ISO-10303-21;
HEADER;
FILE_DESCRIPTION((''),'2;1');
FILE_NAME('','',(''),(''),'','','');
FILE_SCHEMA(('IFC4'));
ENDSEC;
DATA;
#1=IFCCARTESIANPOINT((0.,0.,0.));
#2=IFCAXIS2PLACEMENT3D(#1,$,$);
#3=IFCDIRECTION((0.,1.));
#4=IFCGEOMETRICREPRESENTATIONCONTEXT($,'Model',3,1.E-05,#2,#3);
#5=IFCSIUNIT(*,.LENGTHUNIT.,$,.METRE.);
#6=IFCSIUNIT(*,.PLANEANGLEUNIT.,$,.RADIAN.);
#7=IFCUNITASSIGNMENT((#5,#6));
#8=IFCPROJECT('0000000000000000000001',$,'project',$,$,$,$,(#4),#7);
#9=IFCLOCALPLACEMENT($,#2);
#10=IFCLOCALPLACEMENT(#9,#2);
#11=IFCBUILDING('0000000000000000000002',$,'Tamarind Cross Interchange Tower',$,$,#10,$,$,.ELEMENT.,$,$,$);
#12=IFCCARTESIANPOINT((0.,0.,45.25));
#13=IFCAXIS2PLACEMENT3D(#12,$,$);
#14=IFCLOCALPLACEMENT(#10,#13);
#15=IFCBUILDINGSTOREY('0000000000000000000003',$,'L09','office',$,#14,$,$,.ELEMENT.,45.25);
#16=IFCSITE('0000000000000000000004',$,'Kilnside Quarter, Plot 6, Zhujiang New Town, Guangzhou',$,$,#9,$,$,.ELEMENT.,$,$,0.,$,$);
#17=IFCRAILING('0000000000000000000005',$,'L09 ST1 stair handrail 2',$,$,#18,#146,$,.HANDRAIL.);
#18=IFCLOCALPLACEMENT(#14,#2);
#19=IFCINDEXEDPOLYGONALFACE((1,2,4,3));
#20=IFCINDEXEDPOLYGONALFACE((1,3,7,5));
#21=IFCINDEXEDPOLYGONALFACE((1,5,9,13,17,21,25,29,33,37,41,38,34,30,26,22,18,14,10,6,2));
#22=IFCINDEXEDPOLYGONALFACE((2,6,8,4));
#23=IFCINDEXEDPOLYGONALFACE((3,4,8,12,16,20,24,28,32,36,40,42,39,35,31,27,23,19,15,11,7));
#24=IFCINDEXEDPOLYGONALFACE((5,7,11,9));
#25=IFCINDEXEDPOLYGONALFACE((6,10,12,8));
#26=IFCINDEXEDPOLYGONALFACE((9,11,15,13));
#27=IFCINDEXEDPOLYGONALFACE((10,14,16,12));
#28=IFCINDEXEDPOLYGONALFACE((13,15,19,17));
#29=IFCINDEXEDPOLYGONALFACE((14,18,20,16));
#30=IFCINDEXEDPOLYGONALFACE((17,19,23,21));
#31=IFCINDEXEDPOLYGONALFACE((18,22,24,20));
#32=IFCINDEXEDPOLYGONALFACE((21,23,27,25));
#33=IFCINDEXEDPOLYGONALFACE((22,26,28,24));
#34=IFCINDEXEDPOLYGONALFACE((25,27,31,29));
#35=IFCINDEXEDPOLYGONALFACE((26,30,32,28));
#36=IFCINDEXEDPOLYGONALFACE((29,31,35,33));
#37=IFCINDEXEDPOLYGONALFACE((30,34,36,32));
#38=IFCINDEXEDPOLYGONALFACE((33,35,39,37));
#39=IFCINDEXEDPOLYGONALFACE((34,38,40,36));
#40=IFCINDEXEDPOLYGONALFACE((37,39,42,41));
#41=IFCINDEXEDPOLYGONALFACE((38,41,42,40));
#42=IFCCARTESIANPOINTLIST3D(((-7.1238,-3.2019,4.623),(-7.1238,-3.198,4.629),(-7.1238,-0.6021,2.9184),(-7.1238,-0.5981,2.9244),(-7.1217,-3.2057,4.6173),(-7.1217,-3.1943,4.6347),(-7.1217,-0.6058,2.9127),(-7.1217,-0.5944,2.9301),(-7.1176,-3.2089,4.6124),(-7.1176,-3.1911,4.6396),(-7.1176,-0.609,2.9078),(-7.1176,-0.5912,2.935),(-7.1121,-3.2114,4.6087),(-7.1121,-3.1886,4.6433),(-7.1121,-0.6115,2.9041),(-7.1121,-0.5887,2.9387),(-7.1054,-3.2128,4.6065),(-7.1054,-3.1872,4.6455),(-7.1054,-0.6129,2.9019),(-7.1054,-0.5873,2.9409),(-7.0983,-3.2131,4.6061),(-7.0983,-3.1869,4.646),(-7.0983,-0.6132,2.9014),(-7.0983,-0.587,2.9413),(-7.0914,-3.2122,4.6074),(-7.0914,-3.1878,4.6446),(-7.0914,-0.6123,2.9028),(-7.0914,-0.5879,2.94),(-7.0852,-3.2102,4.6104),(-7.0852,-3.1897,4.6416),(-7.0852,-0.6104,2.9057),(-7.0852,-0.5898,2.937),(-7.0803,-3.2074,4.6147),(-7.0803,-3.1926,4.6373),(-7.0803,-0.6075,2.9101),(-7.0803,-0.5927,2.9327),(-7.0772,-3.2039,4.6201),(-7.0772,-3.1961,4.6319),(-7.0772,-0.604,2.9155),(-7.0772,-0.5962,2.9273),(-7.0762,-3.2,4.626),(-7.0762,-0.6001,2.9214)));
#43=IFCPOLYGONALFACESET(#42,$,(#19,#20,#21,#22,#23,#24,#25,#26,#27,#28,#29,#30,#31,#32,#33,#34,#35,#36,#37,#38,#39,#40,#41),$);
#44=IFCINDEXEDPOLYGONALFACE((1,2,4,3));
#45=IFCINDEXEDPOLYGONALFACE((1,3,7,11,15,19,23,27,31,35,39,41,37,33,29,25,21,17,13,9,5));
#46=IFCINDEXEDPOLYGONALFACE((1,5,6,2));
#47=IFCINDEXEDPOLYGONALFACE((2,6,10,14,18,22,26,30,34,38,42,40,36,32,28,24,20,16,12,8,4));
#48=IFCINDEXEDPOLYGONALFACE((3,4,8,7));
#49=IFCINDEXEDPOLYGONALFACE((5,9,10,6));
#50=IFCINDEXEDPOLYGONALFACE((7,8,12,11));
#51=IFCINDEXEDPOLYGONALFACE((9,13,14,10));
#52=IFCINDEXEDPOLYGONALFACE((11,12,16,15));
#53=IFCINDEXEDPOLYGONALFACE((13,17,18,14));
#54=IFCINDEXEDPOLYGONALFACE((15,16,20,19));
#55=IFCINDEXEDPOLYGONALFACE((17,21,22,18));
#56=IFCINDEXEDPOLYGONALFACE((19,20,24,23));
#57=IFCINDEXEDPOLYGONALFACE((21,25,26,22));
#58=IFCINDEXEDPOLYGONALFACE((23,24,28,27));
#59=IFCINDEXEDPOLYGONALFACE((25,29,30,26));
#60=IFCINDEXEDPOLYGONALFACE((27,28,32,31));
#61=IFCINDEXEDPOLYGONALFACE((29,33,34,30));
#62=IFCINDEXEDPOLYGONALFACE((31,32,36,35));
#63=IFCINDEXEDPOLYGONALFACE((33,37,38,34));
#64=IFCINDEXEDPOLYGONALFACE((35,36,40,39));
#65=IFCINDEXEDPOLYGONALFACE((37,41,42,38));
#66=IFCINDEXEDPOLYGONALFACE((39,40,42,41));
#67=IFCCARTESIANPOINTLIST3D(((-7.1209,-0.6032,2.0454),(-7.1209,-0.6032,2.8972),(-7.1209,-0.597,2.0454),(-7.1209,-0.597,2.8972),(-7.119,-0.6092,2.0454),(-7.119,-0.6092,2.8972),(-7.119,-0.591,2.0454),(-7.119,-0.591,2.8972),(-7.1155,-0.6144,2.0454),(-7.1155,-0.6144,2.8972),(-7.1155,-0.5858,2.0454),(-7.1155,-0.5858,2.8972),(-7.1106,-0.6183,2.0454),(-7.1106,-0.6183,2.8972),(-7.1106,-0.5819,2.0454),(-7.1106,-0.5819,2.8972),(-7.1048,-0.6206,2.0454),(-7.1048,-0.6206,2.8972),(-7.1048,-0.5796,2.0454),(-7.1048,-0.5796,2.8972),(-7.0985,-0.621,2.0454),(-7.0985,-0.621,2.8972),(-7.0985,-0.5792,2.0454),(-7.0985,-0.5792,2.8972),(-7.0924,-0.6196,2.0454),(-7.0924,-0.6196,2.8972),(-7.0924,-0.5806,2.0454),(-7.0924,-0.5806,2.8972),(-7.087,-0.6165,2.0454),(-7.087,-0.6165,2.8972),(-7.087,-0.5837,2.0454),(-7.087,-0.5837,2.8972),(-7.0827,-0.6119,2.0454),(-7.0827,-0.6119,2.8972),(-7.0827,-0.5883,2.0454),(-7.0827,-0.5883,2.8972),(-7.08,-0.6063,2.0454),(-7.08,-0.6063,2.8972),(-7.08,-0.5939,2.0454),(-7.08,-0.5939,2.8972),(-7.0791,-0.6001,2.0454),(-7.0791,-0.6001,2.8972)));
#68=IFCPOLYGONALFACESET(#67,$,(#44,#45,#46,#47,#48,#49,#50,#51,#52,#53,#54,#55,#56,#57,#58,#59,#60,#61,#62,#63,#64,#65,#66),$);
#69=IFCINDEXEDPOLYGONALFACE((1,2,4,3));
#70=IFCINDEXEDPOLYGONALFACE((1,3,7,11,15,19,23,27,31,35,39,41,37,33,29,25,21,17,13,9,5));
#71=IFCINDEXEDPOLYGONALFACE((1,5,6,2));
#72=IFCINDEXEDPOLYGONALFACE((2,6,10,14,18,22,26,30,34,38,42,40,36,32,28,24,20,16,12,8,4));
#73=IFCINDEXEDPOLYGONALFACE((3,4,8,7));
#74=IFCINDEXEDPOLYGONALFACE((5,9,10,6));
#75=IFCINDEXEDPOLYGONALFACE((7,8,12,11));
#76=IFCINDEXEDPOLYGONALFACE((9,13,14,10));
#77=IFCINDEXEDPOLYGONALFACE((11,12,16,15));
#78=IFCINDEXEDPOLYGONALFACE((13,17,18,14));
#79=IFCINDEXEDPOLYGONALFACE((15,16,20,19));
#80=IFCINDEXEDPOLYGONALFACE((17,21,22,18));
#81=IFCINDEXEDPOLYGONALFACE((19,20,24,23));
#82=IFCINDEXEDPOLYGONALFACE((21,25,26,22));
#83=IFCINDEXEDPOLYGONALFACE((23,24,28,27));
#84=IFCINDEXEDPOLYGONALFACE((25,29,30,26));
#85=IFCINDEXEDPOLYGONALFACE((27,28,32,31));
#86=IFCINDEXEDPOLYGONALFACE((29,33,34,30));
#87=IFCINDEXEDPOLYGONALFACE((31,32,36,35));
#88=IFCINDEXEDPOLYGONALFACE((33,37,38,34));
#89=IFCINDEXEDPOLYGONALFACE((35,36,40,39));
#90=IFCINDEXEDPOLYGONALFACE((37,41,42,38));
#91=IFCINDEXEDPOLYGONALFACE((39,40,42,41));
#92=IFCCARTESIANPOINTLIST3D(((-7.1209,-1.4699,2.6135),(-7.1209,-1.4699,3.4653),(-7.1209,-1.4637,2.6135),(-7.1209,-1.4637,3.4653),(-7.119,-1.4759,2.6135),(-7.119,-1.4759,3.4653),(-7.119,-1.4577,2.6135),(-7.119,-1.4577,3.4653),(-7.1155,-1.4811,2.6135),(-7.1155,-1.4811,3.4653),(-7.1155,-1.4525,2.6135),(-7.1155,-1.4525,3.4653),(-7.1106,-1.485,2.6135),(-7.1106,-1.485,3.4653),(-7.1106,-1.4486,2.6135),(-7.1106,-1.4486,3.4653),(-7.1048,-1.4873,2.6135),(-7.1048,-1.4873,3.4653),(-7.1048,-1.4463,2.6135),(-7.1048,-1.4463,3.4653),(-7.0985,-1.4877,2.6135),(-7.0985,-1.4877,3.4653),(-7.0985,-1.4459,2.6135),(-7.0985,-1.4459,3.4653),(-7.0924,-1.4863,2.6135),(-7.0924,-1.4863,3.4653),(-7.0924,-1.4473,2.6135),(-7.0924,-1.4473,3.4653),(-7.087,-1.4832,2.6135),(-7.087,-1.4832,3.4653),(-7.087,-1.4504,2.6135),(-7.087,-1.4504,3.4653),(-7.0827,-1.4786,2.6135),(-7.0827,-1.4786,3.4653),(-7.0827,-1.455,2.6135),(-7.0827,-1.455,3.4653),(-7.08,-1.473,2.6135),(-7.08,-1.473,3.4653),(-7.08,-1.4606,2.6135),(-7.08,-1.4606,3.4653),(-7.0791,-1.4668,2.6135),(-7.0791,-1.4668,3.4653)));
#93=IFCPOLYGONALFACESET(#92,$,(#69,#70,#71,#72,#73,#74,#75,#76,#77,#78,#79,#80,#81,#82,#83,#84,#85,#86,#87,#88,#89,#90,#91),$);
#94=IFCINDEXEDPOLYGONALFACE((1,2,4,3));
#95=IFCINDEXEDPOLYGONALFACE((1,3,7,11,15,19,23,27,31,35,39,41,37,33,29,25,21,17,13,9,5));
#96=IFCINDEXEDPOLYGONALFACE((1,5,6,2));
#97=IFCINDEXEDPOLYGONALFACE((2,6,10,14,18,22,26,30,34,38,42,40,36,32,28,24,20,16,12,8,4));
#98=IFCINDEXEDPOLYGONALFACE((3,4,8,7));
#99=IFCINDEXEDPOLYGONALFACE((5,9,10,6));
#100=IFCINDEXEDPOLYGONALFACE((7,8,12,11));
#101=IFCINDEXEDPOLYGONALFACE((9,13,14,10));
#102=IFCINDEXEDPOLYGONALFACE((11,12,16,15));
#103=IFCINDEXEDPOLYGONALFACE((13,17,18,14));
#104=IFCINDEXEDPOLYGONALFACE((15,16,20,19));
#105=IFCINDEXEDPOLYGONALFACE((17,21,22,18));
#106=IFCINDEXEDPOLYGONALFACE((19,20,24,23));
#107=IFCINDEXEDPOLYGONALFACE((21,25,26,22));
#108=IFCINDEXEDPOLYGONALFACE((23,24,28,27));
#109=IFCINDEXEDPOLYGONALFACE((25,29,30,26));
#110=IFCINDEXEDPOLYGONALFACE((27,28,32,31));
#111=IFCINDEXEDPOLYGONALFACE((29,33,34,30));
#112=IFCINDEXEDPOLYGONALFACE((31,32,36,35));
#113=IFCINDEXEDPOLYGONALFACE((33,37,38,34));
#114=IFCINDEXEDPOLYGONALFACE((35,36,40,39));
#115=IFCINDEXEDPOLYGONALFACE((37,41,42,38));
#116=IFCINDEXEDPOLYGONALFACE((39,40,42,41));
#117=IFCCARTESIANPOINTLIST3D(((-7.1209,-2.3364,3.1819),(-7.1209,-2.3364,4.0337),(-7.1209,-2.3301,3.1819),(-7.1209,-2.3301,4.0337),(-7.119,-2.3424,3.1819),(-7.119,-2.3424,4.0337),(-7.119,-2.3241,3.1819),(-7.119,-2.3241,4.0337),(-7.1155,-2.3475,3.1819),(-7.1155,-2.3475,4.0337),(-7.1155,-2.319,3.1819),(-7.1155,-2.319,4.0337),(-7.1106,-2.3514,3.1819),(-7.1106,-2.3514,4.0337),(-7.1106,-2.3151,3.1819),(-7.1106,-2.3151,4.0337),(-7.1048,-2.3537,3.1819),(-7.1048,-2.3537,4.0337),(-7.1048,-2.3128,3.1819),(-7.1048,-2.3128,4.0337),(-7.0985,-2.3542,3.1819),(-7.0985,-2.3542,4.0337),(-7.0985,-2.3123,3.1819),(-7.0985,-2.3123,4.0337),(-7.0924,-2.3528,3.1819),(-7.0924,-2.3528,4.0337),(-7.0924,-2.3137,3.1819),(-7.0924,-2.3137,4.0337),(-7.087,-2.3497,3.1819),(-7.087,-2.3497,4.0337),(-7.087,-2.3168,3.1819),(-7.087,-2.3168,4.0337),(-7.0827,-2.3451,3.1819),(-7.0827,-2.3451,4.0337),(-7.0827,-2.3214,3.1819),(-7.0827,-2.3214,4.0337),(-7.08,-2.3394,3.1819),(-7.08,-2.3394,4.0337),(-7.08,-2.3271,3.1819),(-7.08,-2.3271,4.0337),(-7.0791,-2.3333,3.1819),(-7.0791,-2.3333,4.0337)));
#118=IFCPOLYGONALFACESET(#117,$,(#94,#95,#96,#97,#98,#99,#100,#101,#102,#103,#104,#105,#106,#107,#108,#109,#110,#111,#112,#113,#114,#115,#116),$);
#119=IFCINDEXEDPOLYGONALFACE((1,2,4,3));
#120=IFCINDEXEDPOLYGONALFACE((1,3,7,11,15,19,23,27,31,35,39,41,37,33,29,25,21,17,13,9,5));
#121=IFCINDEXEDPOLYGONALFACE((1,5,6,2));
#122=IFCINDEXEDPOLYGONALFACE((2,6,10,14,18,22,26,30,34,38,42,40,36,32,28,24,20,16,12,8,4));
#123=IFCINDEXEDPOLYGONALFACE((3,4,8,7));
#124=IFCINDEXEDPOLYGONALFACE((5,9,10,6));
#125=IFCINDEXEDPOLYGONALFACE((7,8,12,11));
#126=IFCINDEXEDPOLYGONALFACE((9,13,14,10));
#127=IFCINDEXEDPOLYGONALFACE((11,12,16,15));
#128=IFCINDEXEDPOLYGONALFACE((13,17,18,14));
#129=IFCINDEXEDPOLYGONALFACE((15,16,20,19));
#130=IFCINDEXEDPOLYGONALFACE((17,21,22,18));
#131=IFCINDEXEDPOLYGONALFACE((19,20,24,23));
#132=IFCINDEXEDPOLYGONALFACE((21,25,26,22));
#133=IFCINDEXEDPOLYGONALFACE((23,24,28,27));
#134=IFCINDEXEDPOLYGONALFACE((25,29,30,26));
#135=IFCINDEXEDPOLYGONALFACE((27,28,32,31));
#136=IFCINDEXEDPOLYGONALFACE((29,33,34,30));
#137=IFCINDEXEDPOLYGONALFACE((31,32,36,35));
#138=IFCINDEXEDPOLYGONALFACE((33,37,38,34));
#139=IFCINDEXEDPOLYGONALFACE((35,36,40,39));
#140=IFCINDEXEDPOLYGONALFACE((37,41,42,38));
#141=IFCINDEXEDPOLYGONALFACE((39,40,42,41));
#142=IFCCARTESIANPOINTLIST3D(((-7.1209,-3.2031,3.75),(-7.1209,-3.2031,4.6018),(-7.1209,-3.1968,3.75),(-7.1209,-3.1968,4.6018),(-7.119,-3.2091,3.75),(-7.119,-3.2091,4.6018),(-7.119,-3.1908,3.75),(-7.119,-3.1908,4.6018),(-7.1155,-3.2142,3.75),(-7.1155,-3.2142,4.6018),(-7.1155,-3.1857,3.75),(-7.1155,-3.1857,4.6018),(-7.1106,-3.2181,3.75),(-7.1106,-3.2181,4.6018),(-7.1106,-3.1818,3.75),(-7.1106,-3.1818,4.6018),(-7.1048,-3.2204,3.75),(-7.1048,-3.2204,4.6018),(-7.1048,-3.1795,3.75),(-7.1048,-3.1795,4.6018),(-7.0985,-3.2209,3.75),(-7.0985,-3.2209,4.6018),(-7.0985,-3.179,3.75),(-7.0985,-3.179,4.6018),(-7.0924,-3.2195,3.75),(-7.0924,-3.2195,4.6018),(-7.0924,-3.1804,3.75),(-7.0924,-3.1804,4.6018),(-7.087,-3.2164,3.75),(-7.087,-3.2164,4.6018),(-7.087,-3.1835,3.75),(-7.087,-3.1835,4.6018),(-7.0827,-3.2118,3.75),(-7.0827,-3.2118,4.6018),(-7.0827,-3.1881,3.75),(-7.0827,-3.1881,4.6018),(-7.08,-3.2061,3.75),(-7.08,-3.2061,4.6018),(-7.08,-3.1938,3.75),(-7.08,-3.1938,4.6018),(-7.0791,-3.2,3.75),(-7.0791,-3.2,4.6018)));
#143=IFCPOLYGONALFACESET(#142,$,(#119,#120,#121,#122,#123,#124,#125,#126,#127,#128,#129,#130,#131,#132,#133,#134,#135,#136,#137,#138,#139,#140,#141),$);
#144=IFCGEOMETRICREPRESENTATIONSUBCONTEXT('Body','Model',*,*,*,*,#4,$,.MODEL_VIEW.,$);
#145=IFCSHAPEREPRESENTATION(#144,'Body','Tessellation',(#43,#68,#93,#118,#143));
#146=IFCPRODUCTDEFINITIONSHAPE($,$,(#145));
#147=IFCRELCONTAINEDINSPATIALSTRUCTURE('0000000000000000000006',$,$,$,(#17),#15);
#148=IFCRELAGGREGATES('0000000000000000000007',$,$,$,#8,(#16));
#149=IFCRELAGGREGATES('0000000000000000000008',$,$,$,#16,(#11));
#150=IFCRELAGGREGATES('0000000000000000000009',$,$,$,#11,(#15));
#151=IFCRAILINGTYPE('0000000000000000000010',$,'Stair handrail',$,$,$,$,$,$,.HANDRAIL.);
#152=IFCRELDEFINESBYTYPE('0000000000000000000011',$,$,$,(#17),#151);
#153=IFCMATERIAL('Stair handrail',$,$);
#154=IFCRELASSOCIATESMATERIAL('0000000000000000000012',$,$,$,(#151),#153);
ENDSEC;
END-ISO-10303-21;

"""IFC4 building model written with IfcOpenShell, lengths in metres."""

from ifc_helpers import new_model, si_unit, direction, frame, origin, origin_2d, place, context, subcontext, project, spatial, circle, extrude, material, type_object, element, save


model = new_model("IFC4")

# Units and contexts
model_context = context("Model", 3, precision=1e-05, world=origin(), true_north=direction((0.0, 1.0)))
body_context = subcontext(model_context, "Body", "Model", "MODEL_VIEW")
ifc_project = project(units=[si_unit("LENGTHUNIT", "METRE"), si_unit("PLANEANGLEUNIT", "RADIAN")], contexts=[model_context])

# Site, building, storey
site_placement = place(None, origin())
site = spatial("IfcSite", under=ifc_project, at=site_placement, Name="Kilnside Quarter, Plot 6, Zhujiang New Town, Guangzhou", CompositionType="ELEMENT", RefElevation=0.0)
building_placement = place(site_placement, origin())
building = spatial("IfcBuilding", under=site, at=building_placement, Name="Tamarind Cross Interchange Tower", CompositionType="ELEMENT")
storey_placement = place(building_placement, frame((0.0, 0.0, 45.25)))
storey = spatial("IfcBuildingStorey", under=building, at=storey_placement, Name="L09", Description="office", CompositionType="ELEMENT", Elevation=45.25)

# Railing
ifc_material_1 = material(Name="Stair handrail")
railing_type_1 = type_object("IfcRailingType", Name="Stair handrail", PredefinedType="HANDRAIL", material=ifc_material_1)
railing_1_placement = place(storey_placement, frame((-7.1001, -0.6001, 2.0454)))
element("IfcRailing", 1, at=railing_1_placement, inside=storey, type_object=railing_type_1, Name="L09 ST1 stair handrail 2", PredefinedType="HANDRAIL", context=body_context, shape_type="SweptSolid", body=[
    extrude(circle(Radius=0.0239, at=origin_2d()), frame((0.0, 0.0, 0.876), z_axis=(0.0, -0.836279, 0.548305), x_axis=(1.0, 0.0, 0.0)), (0.0, 0.0, 1.0), 3.1089),
    extrude(circle(Radius=0.021, at=origin_2d()), origin(), (0.0, 0.0, 1.0), 0.8518),
    extrude(circle(Radius=0.021, at=origin_2d()), frame((0.0, -0.8667, 0.5681)), (0.0, 0.0, 1.0), 0.8518),
    extrude(circle(Radius=0.021, at=origin_2d()), frame((0.0, -1.7332, 1.1365)), (0.0, 0.0, 1.0), 0.8518),
    extrude(circle(Radius=0.021, at=origin_2d()), frame((0.0, -2.5999, 1.7046)), (0.0, 0.0, 1.0), 0.8518),
])

save(model, "model.ifc")
